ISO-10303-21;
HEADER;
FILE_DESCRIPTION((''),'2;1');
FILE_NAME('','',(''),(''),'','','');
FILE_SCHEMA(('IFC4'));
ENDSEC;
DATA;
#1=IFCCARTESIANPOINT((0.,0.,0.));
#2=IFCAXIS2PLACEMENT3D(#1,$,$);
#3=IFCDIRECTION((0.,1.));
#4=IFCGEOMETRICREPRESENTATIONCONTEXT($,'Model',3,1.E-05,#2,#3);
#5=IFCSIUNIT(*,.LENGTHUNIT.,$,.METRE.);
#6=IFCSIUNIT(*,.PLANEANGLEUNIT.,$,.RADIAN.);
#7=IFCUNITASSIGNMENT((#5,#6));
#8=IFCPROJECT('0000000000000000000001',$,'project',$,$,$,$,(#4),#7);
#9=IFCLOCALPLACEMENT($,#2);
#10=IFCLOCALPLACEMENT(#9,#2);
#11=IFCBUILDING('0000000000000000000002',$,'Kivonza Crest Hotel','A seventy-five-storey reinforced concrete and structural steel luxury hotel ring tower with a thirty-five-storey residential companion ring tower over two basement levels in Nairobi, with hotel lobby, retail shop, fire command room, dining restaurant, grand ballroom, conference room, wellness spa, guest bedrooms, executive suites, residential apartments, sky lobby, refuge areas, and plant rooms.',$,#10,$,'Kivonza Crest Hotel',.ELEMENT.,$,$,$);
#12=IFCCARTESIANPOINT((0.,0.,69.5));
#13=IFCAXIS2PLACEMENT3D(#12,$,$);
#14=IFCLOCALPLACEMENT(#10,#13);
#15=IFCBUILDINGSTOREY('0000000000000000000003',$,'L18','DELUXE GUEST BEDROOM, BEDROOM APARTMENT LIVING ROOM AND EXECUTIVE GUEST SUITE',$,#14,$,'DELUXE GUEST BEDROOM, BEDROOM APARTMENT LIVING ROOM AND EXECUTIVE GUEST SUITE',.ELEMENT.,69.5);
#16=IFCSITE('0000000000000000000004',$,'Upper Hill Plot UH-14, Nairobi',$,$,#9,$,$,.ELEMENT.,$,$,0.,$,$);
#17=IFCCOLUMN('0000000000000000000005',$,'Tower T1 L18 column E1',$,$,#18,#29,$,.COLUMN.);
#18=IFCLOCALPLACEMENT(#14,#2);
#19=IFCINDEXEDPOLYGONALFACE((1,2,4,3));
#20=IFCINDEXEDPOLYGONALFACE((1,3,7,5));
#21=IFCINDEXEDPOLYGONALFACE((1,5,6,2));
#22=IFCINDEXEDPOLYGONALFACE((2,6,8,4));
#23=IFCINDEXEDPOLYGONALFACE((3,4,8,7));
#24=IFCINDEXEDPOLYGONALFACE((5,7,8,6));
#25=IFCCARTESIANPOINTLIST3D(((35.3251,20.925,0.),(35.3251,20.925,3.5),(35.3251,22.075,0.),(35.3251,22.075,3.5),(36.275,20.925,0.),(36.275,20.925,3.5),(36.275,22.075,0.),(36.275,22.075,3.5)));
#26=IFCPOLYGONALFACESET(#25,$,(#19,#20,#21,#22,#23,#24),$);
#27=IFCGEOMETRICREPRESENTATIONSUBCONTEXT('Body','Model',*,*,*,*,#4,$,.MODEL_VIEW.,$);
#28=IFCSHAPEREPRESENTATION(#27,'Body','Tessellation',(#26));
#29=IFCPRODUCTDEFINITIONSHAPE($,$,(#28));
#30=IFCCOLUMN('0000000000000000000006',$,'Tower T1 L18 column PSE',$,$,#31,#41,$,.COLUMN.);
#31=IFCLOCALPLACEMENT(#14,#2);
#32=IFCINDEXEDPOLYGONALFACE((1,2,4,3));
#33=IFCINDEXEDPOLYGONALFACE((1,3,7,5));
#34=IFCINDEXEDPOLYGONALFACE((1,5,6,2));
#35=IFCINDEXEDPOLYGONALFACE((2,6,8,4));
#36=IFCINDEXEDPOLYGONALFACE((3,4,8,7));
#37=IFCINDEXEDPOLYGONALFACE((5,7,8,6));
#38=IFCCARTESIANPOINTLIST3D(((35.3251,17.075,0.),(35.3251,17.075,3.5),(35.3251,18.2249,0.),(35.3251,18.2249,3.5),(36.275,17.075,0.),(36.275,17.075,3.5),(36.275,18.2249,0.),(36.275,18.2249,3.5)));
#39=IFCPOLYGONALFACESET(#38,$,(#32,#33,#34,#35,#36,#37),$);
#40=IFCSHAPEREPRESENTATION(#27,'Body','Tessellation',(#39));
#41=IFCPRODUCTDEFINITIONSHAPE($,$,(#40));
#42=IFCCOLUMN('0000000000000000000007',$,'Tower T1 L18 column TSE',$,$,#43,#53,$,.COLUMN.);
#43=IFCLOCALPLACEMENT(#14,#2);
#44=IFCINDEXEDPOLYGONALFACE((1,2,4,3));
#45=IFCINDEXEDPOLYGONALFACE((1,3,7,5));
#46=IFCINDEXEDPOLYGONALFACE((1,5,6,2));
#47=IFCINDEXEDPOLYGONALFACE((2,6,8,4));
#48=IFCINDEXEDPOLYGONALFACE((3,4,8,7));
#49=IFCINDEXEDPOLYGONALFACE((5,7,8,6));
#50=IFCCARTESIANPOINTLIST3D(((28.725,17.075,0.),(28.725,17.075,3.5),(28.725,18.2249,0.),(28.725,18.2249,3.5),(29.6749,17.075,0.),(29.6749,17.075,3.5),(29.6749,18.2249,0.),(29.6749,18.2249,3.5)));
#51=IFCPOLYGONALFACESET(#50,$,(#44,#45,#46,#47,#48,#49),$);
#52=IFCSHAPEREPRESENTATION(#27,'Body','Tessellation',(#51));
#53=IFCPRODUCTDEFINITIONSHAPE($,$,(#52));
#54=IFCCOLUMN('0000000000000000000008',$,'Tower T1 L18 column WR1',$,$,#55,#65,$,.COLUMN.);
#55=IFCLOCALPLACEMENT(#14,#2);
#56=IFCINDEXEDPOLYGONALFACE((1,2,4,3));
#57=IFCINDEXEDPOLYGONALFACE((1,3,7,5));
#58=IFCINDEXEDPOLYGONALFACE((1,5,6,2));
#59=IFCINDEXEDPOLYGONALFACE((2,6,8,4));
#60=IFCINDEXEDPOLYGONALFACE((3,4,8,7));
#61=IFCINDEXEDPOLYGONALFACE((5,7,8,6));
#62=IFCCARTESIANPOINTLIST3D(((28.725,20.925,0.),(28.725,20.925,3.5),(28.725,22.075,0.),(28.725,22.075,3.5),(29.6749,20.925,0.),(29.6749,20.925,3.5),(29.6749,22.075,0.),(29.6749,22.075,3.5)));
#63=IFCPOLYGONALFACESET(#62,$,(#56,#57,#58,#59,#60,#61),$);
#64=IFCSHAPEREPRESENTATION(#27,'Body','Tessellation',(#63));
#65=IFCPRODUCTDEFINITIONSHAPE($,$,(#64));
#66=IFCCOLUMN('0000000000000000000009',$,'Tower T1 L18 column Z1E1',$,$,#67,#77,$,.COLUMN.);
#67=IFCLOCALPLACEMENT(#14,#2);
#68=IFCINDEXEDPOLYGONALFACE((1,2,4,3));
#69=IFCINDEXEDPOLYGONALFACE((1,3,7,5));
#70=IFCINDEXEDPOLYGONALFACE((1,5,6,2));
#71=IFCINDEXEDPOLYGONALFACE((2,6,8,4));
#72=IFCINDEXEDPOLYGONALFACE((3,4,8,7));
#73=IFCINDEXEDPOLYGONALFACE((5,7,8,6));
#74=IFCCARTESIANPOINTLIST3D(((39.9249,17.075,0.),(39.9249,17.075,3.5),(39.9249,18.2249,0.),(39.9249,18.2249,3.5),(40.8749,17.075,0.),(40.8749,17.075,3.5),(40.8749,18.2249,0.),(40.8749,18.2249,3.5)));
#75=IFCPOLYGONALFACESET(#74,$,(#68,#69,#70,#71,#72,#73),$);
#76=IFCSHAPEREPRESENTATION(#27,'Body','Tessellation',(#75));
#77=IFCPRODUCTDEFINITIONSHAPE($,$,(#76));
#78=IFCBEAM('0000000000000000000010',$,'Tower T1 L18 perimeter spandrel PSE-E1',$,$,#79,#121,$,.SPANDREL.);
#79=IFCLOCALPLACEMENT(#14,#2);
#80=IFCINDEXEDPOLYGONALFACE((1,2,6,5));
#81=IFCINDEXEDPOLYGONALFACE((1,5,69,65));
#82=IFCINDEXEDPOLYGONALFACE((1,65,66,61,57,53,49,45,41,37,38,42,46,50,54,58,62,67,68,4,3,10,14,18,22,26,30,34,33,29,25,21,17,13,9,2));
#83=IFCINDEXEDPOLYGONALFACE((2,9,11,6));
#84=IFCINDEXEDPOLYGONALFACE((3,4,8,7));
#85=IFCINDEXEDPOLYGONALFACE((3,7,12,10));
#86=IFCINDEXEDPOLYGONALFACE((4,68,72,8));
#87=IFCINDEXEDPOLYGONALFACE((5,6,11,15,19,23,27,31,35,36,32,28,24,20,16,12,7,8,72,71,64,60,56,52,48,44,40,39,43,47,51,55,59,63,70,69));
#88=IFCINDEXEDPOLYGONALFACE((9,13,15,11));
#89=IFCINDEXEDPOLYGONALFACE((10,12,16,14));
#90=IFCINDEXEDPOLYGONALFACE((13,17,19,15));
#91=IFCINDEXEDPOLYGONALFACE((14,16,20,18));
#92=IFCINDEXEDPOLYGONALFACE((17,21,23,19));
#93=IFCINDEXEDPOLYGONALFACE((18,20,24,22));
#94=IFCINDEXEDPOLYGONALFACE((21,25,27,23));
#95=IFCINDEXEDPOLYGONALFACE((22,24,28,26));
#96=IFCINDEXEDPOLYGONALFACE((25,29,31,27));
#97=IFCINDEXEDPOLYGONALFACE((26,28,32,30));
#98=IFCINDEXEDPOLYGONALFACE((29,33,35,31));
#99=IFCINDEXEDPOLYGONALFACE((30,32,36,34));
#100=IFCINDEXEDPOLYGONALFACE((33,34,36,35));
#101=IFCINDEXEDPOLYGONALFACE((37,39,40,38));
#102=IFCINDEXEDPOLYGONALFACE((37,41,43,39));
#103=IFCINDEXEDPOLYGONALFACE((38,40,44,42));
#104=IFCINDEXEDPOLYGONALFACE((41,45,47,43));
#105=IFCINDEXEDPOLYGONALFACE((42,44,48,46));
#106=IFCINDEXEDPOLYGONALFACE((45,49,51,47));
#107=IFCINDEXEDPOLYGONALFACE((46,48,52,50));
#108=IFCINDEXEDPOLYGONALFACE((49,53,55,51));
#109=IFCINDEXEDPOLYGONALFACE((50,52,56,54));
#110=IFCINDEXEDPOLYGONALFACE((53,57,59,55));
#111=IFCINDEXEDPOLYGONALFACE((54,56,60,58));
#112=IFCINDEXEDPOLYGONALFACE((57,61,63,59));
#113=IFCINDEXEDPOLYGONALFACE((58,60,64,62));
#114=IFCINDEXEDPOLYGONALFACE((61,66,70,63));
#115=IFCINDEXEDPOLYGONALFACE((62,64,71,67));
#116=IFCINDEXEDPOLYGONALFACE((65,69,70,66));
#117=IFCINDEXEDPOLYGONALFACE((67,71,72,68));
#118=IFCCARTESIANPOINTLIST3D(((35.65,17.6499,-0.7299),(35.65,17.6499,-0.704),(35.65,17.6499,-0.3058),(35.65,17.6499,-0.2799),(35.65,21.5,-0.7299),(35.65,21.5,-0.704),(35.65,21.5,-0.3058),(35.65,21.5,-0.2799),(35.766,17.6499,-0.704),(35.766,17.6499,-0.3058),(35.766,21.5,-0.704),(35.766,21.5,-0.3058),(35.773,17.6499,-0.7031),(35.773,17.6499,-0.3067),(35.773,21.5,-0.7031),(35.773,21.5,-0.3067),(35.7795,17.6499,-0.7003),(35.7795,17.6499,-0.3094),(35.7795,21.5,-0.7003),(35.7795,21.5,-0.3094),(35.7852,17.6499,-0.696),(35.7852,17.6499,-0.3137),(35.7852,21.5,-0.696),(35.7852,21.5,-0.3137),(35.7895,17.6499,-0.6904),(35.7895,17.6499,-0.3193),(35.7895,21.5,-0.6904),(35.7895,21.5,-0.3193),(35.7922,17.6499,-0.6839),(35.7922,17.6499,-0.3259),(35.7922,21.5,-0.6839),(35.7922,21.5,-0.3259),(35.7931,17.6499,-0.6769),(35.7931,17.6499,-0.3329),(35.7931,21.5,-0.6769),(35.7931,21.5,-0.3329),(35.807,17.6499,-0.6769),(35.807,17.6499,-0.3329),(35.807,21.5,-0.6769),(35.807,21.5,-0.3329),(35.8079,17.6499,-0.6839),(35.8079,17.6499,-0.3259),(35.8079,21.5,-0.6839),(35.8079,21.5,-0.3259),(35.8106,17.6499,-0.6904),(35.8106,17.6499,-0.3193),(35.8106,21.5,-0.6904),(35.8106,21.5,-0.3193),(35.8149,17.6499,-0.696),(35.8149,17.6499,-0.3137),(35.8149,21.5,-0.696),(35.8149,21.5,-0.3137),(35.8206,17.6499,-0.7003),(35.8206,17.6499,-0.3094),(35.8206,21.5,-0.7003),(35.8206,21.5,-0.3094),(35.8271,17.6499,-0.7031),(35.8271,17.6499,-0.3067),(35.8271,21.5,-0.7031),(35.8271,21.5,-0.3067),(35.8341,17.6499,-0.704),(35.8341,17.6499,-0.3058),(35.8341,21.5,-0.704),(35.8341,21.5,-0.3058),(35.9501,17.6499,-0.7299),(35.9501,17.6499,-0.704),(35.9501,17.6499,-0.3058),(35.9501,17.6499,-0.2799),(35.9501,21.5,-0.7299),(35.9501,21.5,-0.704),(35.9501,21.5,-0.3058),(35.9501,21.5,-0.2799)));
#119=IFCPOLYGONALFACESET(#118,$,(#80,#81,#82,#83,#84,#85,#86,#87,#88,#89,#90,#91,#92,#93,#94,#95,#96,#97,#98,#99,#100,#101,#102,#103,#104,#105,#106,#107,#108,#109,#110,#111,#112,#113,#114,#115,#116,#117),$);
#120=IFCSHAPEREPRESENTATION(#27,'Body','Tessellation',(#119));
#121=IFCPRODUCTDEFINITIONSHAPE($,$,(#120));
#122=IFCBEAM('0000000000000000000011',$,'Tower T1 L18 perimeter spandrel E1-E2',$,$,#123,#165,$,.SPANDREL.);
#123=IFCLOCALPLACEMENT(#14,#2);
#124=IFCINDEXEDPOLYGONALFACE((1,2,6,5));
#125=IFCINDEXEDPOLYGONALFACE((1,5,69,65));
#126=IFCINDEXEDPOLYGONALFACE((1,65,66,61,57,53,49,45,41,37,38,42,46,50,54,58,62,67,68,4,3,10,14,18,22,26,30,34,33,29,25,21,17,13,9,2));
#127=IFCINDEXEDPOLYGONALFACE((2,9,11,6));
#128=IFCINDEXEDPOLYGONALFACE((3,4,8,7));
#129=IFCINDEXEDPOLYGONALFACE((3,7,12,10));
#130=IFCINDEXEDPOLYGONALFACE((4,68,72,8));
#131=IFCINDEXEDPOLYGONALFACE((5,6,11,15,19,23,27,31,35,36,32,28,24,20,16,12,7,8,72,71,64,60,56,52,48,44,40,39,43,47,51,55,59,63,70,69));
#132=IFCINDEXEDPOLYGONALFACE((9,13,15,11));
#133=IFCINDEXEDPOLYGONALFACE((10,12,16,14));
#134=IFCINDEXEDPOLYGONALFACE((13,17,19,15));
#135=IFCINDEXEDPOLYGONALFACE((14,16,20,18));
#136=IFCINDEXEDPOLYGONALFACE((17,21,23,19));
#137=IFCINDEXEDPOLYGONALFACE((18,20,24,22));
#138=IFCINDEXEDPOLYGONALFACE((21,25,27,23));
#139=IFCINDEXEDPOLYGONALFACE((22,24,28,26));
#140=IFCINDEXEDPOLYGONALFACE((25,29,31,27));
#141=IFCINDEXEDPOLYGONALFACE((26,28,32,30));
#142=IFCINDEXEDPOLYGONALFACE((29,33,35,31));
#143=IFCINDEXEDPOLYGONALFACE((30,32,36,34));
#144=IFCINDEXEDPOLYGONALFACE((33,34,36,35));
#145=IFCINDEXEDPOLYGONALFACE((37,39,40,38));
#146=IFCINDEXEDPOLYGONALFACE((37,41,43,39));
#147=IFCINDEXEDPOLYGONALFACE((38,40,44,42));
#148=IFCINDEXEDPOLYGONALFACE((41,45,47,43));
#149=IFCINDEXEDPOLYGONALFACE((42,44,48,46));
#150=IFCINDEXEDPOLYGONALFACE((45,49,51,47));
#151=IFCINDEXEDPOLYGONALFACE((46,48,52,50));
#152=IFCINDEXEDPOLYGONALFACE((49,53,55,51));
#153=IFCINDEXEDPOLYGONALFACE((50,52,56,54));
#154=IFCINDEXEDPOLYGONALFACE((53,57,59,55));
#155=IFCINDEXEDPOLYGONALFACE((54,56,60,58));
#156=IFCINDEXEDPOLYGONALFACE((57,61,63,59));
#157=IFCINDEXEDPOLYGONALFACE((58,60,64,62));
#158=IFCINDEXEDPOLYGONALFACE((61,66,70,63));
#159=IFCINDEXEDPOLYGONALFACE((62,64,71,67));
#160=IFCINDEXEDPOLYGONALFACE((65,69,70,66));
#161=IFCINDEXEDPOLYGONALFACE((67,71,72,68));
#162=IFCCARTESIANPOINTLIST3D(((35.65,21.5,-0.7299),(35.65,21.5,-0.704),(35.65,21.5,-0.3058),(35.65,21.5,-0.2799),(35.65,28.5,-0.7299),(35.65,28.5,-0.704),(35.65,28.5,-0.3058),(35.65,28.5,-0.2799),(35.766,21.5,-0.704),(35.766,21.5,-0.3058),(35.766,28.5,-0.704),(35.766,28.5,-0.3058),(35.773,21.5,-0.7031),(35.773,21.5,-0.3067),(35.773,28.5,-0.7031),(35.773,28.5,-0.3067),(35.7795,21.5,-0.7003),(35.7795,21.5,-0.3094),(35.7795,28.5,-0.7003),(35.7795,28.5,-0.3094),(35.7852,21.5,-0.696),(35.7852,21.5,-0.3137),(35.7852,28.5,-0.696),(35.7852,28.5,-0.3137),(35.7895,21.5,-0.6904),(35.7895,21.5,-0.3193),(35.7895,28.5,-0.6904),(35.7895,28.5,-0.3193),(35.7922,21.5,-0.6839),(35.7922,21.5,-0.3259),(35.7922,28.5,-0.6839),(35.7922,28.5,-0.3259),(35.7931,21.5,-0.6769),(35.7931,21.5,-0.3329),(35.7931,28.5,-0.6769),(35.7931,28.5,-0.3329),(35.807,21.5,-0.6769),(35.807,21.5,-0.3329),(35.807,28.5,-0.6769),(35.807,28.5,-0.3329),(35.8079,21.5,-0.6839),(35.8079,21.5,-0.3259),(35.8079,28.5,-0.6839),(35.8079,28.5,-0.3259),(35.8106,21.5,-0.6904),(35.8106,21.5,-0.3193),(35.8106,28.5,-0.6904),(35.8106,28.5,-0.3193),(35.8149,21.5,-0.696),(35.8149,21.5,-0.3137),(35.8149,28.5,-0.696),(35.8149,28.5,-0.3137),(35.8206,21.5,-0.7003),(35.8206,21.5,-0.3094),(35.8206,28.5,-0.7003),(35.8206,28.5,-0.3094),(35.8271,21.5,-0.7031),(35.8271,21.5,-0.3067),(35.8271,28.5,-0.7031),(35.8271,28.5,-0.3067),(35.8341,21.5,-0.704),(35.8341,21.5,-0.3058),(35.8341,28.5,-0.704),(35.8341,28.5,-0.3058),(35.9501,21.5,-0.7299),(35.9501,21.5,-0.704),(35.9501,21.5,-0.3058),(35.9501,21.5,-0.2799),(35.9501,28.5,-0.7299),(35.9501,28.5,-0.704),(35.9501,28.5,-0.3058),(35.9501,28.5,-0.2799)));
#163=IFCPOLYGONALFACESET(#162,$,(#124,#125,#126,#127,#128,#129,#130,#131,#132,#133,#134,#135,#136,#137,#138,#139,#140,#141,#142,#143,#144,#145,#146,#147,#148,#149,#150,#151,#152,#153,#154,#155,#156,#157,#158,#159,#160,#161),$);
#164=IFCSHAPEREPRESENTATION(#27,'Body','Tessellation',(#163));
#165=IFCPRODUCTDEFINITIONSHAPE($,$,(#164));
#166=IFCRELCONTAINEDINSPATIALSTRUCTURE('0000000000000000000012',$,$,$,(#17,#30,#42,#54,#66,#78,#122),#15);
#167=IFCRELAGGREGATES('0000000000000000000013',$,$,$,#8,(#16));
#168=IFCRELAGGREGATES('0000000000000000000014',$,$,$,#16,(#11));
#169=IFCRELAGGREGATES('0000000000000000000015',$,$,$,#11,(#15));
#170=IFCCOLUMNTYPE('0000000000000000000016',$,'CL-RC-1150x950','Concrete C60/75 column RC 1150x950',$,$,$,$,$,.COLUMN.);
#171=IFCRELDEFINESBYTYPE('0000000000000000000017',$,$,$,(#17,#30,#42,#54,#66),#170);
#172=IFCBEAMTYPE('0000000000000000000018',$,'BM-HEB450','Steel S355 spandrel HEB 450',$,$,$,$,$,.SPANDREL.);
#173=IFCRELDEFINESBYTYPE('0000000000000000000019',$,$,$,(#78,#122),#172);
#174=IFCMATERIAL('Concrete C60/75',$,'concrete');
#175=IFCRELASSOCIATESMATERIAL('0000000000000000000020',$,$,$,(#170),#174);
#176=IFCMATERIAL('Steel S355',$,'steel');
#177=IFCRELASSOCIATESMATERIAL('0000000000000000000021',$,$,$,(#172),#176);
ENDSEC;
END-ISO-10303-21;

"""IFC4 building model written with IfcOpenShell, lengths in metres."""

from ifc_helpers import new_model, si_unit, direction, frame, origin, origin_2d, place, context, subcontext, project, spatial, rectangle, i_section, extrude, material, material_profile, profile_set, type_object, element, save


model = new_model("IFC4")

# Units and contexts
model_context = context("Model", 3, precision=1e-05, world=origin(), true_north=direction((0.0, 1.0)))
body_context = subcontext(model_context, "Body", "Model", "MODEL_VIEW")
ifc_project = project(units=[si_unit("LENGTHUNIT", "METRE"), si_unit("PLANEANGLEUNIT", "RADIAN")], contexts=[model_context])

# Site, building, storey
site_placement = place(None, origin())
site = spatial("IfcSite", under=ifc_project, at=site_placement, Name="Upper Hill Plot UH-14, Nairobi", CompositionType="ELEMENT", RefElevation=0.0)
building_placement = place(site_placement, origin())
building = spatial("IfcBuilding", under=site, at=building_placement, Name="Kivonza Crest Hotel", Description="A seventy-five-storey reinforced concrete and structural steel luxury hotel ring tower with a thirty-five-storey residential companion ring tower over two basement levels in Nairobi, with hotel lobby, retail shop, fire command room, dining restaurant, grand ballroom, conference room, wellness spa, guest bedrooms, executive suites, residential apartments, sky lobby, refuge areas, and plant rooms.", LongName="Kivonza Crest Hotel", CompositionType="ELEMENT")
storey_placement = place(building_placement, frame((0.0, 0.0, 69.5)))
storey = spatial("IfcBuildingStorey", under=building, at=storey_placement, Name="L18", Description="DELUXE GUEST BEDROOM, BEDROOM APARTMENT LIVING ROOM AND EXECUTIVE GUEST SUITE", LongName="DELUXE GUEST BEDROOM, BEDROOM APARTMENT LIVING ROOM AND EXECUTIVE GUEST SUITE", CompositionType="ELEMENT", Elevation=69.5)

# Columns
ifc_material_1 = material(Name="Concrete C60/75", Category="concrete")
ifc_material_profile_1 = material_profile(ifc_material_1, rectangle(XDim=0.95, YDim=1.1499, at=origin_2d()), Name="RC 1150x950")
ifc_profile_set_1 = profile_set([ifc_material_profile_1], Name="Concrete C60/75")
column_type = type_object("IfcColumnType", Name="CL-RC-1150x950", Description="Concrete C60/75 column RC 1150x950", PredefinedType="COLUMN", material=ifc_profile_set_1)
for number, where, z_axis, x_axis, name in (
    (1, (35.8, 21.5, 0.0), (0.0, 0.0, 1.0), (1.0, 0.0, 0.0), "Tower T1 L18 column E1"),
    (2, (35.8, 17.6499, 0.0), (0.0, 0.0, 1.0), (1.0, 0.0, 0.0), "Tower T1 L18 column PSE"),
    (3, (29.2, 17.6499, 0.0), (0.0, 0.0, 1.0), (1.0, 0.0, 0.0), "Tower T1 L18 column TSE"),
    (4, (29.2, 21.5, 0.0), (0.0, 0.0, 1.0), (1.0, 0.0, 0.0), "Tower T1 L18 column WR1"),
    (5, (40.3999, 17.6499, 0.0), (0.0, 0.0, 1.0), (1.0, 0.0, 0.0), "Tower T1 L18 column Z1E1"),
):
    element("IfcColumn", number, at=place(storey_placement, frame(where, z_axis=z_axis, x_axis=x_axis)), inside=storey, type_object=column_type, Name=name, PredefinedType="COLUMN", context=body_context, shape_type="SweptSolid", body=[
        extrude(rectangle(XDim=0.95, YDim=1.1499, at=origin_2d()), origin(), (0.0, 0.0, 1.0), 3.5),
    ])

# Beams
ifc_material_2 = material(Name="Steel S355", Category="steel")
ifc_material_profile_2 = material_profile(ifc_material_2, i_section(OverallWidth=0.3, OverallDepth=0.45, WebThickness=0.0139, FlangeThickness=0.0259, FilletRadius=0.0271, at=origin_2d()), Name="HEB 450")
ifc_profile_set_2 = profile_set([ifc_material_profile_2], Name="Steel S355")
beam_type_1 = type_object("IfcBeamType", Name="BM-HEB450", Description="Steel S355 spandrel HEB 450", PredefinedType="SPANDREL", material=ifc_profile_set_2)
beam_1_placement = place(storey_placement, frame((35.8, 17.6499, -0.5049), z_axis=(0.0, 1.0, 0.0), x_axis=(-1.0, 0.0, 0.0)))
element("IfcBeam", 6, at=beam_1_placement, inside=storey, type_object=beam_type_1, Name="Tower T1 L18 perimeter spandrel PSE-E1", PredefinedType="SPANDREL", context=body_context, shape_type="SweptSolid", body=[
    extrude(i_section(OverallWidth=0.3, OverallDepth=0.45, WebThickness=0.0139, FlangeThickness=0.0259, FilletRadius=0.0271, at=origin_2d()), origin(), (0.0, 0.0, 1.0), 3.8501),
])
beam_2_placement = place(storey_placement, frame((35.8, 21.5, -0.5049), z_axis=(0.0, 1.0, 0.0), x_axis=(-1.0, 0.0, 0.0)))
element("IfcBeam", 7, at=beam_2_placement, inside=storey, type_object=beam_type_1, Name="Tower T1 L18 perimeter spandrel E1-E2", PredefinedType="SPANDREL", context=body_context, shape_type="SweptSolid", body=[
    extrude(i_section(OverallWidth=0.3, OverallDepth=0.45, WebThickness=0.0139, FlangeThickness=0.0259, FilletRadius=0.0271, at=origin_2d()), origin(), (0.0, 0.0, 1.0), 7.0),
])

save(model, "model.ifc")
